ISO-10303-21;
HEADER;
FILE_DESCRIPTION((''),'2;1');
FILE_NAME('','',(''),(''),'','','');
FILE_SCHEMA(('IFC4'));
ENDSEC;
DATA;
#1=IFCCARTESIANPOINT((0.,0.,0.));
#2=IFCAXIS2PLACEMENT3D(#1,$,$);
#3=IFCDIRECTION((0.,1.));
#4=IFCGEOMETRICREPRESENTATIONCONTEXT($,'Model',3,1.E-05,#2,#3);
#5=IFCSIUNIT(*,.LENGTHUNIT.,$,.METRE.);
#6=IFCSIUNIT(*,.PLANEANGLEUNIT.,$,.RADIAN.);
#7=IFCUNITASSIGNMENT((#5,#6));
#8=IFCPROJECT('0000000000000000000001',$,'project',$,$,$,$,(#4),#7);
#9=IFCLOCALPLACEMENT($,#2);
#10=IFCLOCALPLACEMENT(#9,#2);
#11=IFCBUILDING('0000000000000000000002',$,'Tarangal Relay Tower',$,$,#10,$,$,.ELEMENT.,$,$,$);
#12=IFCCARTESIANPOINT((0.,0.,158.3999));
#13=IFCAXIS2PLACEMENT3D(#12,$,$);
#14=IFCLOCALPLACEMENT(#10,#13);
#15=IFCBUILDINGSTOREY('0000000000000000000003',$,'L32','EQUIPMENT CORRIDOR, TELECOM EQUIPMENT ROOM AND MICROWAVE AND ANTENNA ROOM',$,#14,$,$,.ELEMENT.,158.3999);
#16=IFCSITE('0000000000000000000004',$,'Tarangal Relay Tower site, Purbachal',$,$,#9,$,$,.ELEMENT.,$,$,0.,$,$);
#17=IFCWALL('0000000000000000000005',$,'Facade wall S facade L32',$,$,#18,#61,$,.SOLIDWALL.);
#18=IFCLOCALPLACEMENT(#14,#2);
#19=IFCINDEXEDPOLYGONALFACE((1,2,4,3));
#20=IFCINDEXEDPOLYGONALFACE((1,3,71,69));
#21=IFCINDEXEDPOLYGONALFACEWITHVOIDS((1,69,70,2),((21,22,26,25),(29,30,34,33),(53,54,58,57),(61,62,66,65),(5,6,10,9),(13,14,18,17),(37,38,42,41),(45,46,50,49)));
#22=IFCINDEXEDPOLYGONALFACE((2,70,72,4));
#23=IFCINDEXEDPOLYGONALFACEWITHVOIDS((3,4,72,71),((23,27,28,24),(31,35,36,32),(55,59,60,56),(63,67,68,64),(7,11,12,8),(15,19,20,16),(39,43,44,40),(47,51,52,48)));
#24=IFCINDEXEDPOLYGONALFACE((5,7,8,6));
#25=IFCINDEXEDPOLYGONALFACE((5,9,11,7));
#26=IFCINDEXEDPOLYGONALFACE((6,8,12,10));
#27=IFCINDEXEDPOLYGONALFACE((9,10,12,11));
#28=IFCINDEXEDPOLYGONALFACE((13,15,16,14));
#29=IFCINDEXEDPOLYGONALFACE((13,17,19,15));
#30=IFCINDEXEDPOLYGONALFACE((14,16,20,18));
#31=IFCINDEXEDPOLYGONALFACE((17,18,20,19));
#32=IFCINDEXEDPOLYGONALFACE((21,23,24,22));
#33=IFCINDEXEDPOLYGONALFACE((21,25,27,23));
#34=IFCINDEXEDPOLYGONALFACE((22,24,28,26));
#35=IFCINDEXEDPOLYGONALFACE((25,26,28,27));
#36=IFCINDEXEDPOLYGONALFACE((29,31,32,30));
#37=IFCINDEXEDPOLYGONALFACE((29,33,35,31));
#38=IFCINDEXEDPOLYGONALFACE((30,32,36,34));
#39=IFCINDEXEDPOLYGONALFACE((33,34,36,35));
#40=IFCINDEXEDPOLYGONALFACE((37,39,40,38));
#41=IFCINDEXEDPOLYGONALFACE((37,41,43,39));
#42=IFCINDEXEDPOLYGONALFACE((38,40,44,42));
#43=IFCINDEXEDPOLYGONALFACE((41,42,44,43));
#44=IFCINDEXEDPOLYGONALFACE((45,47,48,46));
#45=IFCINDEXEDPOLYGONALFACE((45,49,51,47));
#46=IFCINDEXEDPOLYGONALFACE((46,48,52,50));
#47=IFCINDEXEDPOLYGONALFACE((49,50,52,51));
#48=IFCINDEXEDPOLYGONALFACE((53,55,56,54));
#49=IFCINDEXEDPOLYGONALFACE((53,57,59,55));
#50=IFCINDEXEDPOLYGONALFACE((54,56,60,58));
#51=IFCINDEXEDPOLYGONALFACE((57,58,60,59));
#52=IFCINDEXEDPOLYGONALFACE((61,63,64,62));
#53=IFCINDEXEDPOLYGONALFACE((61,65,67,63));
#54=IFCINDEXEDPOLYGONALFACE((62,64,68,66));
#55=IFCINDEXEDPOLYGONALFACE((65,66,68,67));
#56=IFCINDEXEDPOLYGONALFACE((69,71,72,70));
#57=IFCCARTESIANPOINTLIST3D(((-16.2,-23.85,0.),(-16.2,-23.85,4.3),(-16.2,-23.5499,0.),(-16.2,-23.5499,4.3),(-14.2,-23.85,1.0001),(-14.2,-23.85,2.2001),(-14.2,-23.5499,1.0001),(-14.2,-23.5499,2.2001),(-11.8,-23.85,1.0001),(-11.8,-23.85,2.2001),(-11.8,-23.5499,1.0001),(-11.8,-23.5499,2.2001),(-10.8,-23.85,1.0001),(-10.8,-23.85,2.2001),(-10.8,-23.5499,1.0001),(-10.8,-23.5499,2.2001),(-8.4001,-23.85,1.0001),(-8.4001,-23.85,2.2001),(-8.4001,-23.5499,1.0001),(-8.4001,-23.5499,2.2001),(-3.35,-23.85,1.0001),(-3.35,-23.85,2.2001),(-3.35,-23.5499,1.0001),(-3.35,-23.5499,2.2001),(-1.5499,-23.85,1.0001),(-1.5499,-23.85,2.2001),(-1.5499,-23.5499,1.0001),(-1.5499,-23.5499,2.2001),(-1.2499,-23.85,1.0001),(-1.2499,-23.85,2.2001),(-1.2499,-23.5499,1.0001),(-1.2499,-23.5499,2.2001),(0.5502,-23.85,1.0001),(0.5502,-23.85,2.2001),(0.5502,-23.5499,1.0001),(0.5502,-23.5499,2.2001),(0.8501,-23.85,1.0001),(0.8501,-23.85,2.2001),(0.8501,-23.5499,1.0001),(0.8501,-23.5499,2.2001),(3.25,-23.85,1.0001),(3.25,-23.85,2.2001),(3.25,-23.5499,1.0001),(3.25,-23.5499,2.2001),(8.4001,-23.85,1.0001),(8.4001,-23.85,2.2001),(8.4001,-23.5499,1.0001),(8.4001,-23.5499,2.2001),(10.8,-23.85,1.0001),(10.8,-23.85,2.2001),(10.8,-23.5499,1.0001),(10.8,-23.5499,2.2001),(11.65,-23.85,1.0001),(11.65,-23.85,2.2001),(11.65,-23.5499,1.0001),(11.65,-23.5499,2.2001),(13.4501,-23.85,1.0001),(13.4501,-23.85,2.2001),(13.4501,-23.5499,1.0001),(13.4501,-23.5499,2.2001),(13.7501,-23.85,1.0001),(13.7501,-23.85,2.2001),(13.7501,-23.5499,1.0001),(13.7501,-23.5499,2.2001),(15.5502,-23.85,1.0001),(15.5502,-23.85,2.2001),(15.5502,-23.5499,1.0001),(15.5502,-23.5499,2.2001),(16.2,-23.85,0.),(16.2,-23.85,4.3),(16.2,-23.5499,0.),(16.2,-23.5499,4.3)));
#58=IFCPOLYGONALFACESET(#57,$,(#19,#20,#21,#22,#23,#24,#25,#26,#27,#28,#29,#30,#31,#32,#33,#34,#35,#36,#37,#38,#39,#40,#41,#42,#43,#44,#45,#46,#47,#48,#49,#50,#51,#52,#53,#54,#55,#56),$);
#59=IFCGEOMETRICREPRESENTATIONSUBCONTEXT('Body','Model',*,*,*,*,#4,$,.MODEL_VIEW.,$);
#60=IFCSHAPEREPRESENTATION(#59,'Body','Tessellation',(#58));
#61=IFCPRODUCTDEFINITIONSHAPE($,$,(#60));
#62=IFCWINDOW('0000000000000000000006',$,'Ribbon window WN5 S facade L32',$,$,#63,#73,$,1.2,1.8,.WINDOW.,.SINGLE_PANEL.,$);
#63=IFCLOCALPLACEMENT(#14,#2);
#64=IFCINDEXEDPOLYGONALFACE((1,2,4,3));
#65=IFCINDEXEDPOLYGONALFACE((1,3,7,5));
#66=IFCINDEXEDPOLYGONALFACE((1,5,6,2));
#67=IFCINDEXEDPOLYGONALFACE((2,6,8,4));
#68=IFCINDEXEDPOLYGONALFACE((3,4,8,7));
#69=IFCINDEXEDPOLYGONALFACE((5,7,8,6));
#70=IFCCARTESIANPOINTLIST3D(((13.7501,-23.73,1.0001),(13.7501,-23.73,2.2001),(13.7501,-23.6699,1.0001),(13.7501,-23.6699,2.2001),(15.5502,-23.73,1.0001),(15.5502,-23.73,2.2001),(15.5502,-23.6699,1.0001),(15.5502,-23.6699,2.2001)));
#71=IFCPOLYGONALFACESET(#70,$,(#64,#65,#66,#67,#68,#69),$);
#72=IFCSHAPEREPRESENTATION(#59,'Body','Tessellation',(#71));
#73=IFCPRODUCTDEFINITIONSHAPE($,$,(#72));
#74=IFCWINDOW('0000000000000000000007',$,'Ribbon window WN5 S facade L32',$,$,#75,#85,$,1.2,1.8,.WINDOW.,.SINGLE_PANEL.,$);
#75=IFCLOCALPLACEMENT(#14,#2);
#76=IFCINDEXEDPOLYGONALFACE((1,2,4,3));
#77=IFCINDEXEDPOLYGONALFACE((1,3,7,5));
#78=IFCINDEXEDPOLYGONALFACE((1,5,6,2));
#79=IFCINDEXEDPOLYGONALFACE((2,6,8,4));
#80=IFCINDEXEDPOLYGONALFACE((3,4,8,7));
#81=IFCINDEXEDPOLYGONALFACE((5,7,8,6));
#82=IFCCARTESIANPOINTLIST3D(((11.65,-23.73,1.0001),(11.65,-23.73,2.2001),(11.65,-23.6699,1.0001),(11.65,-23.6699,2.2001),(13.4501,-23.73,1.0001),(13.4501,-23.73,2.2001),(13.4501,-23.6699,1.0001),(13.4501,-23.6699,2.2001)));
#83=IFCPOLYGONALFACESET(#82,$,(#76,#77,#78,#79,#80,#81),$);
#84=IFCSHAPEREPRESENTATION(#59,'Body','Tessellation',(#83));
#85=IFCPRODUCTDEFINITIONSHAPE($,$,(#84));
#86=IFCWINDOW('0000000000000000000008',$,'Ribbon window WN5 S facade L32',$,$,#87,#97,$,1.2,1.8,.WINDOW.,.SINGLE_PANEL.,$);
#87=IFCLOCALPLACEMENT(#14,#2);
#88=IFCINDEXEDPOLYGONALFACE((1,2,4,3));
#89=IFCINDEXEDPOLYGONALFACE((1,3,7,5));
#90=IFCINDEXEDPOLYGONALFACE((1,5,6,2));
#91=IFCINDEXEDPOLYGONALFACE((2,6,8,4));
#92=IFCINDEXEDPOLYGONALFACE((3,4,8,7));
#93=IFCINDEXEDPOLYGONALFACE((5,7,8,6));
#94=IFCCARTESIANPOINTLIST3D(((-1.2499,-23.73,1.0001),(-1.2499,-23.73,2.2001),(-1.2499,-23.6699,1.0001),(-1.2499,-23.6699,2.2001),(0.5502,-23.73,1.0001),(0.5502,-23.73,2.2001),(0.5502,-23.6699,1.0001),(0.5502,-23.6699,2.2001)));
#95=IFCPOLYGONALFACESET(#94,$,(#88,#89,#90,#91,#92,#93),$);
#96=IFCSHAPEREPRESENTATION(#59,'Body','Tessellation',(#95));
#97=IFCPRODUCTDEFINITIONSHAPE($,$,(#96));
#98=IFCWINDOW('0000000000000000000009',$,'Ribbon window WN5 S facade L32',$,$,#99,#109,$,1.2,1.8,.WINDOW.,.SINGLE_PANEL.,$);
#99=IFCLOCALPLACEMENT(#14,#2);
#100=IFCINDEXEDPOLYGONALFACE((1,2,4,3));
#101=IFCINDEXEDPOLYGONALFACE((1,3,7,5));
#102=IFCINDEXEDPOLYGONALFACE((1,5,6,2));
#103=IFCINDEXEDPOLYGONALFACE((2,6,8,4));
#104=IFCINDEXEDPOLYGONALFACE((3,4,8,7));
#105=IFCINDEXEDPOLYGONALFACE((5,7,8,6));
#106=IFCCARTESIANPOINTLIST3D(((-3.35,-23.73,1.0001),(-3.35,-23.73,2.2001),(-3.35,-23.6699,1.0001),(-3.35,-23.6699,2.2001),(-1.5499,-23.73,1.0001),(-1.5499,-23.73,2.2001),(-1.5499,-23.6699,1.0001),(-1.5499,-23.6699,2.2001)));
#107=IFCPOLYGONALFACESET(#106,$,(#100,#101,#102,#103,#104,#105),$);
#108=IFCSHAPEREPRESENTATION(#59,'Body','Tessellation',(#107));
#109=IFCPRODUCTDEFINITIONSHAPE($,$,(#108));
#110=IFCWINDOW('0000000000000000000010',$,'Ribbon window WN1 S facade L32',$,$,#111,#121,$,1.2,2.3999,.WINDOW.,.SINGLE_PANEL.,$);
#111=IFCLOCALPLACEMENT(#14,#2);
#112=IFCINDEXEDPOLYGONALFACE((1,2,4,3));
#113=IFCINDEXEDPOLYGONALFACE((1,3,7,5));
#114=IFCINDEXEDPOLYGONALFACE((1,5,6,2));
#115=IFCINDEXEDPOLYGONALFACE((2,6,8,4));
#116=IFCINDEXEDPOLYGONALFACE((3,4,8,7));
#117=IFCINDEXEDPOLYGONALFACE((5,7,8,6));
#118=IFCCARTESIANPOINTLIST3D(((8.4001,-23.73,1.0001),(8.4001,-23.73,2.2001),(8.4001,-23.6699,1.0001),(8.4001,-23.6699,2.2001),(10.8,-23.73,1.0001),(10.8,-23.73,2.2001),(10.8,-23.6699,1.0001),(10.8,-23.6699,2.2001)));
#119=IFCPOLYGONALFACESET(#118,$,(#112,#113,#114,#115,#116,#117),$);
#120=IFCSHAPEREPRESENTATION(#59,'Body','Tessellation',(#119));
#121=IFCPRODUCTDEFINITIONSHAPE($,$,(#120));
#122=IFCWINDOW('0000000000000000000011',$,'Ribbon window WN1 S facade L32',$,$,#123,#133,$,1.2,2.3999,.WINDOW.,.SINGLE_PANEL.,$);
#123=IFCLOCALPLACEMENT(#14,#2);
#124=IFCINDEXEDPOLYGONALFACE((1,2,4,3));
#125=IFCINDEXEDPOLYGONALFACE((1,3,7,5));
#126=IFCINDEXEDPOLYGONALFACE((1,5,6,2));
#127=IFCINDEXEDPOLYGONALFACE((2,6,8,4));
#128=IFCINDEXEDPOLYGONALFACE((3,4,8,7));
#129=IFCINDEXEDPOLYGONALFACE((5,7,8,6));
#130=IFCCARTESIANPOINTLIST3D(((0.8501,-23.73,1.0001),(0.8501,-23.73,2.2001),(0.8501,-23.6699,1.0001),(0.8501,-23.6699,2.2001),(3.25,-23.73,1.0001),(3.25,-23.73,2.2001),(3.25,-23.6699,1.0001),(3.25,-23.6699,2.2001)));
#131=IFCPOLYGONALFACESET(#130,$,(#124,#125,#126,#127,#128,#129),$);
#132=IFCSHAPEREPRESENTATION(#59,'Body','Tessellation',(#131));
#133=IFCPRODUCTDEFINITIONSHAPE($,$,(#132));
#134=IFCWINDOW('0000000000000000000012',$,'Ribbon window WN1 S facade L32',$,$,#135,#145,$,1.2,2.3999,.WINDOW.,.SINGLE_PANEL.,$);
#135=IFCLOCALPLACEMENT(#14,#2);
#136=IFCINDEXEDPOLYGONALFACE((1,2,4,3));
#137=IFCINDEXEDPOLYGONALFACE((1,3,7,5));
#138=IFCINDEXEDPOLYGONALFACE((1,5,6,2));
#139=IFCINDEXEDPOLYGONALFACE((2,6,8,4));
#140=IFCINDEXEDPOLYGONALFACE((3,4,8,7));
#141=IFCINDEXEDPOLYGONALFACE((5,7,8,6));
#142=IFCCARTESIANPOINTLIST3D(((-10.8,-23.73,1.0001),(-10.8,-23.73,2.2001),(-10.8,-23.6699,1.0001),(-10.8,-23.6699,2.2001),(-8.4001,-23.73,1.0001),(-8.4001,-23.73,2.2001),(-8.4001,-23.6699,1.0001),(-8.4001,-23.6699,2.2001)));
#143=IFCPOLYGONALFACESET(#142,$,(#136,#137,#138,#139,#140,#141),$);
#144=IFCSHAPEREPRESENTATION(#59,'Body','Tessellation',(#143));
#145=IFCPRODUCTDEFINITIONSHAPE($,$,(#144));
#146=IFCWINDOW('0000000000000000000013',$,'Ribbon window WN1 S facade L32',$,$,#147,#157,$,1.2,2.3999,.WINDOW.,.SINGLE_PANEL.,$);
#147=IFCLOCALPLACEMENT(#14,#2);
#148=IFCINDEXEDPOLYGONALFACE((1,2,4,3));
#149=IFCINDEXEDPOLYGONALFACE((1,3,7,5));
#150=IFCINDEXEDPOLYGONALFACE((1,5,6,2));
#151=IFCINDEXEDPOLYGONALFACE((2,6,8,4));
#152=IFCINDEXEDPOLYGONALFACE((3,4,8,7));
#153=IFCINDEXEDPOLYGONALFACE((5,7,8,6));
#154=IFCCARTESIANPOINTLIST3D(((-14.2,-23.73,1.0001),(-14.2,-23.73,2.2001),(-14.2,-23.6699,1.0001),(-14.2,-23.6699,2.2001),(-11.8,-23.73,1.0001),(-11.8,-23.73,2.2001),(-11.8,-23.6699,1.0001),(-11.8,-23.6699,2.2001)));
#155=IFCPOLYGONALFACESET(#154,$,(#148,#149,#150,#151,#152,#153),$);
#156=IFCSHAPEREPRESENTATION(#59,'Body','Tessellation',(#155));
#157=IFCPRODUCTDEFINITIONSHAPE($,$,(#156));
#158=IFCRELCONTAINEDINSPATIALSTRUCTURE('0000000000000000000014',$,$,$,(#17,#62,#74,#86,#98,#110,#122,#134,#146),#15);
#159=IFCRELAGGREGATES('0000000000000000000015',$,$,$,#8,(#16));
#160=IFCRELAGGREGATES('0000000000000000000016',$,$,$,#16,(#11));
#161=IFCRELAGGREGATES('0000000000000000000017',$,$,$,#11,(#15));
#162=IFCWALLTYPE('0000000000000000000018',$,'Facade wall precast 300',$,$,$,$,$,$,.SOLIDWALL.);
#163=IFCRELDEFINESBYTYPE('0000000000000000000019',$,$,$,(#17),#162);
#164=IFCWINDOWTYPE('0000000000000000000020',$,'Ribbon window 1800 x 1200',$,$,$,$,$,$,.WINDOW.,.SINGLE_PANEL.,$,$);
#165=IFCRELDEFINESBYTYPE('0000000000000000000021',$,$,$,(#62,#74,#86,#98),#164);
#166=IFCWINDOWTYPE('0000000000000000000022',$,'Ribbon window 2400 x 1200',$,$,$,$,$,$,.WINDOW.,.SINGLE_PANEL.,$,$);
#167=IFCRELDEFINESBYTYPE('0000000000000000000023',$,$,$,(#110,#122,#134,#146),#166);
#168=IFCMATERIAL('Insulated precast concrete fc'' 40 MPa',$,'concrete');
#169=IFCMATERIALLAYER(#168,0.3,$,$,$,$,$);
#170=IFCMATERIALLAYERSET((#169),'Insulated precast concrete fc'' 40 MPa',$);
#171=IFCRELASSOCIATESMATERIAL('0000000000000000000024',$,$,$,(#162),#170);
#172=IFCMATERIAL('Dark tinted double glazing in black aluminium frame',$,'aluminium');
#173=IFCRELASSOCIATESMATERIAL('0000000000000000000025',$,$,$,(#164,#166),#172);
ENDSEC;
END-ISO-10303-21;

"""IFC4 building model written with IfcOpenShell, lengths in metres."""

from ifc_helpers import new_model, si_unit, direction, frame, frame_2d, origin, place, context, subcontext, project, spatial, rectangle, extrude, material, layer, layer_set, type_object, element, fill, save


model = new_model("IFC4")

# Units and contexts
model_context = context("Model", 3, precision=1e-05, world=origin(), true_north=direction((0.0, 1.0)))
body_context = subcontext(model_context, "Body", "Model", "MODEL_VIEW")
ifc_project = project(units=[si_unit("LENGTHUNIT", "METRE"), si_unit("PLANEANGLEUNIT", "RADIAN")], contexts=[model_context])

# Site, building, storey
site_placement = place(None, origin())
site = spatial("IfcSite", under=ifc_project, at=site_placement, Name="Tarangal Relay Tower site, Purbachal", CompositionType="ELEMENT", RefElevation=0.0)
building_placement = place(site_placement, origin())
building = spatial("IfcBuilding", under=site, at=building_placement, Name="Tarangal Relay Tower", CompositionType="ELEMENT")
storey_placement = place(building_placement, frame((0.0, 0.0, 158.3999)))
storey = spatial("IfcBuildingStorey", under=building, at=storey_placement, Name="L32", Description="EQUIPMENT CORRIDOR, TELECOM EQUIPMENT ROOM AND MICROWAVE AND ANTENNA ROOM", CompositionType="ELEMENT", Elevation=158.3999)

# Shared definitions
ifc_material_1 = material(Name="Insulated precast concrete fc' 40 MPa", Category="concrete")
ifc_layer_1 = layer(ifc_material_1, 0.3)
ifc_layer_set_1 = layer_set([ifc_layer_1], Name="Insulated precast concrete fc' 40 MPa")
wall_type_1 = type_object("IfcWallType", Name="Facade wall precast 300", PredefinedType="SOLIDWALL", material=ifc_layer_set_1)

# Wall, openings, windows
wall_1_placement = place(storey_placement, frame((16.2, -23.7, 0.0), z_axis=(0.0, 0.0, 1.0), x_axis=(-1.0, 0.0, 0.0)))
wall_1 = element("IfcWall", 1, at=wall_1_placement, inside=storey, type_object=wall_type_1, Name="Facade wall S facade L32", PredefinedType="SOLIDWALL", context=body_context, shape_type="SweptSolid", body=[
    extrude(rectangle(XDim=32.3999, YDim=0.3, at=frame_2d((16.2, 0.0))), origin(), (0.0, 0.0, 1.0), 4.3),
])
opening_1_placement = place(wall_1_placement, frame((0.6499, 0.0, 1.0)))
opening_1 = element("IfcOpeningElement", 2, at=opening_1_placement, cuts=wall_1, PredefinedType="OPENING", context=body_context, shape_type="SweptSolid", body=[
    extrude(rectangle(XDim=1.8, YDim=1.2, at=frame_2d((0.8999, 0.6001))), frame((0.0, 0.1599, 0.0), z_axis=(0.0, -1.0, 0.0), x_axis=(1.0, 0.0, 0.0)), (0.0, 0.0, 1.0), 0.3201),
])
opening_2_placement = place(wall_1_placement, frame((2.75, 0.0, 1.0)))
opening_2 = element("IfcOpeningElement", 3, at=opening_2_placement, cuts=wall_1, PredefinedType="OPENING", context=body_context, shape_type="SweptSolid", body=[
    extrude(rectangle(XDim=1.8, YDim=1.2, at=frame_2d((0.8999, 0.6001))), frame((0.0, 0.1599, 0.0), z_axis=(0.0, -1.0, 0.0), x_axis=(1.0, 0.0, 0.0)), (0.0, 0.0, 1.0), 0.3201),
])
opening_3_placement = place(wall_1_placement, frame((5.3999, 0.0, 1.0)))
opening_3 = element("IfcOpeningElement", 4, at=opening_3_placement, cuts=wall_1, PredefinedType="OPENING", context=body_context, shape_type="SweptSolid", body=[
    extrude(rectangle(XDim=2.3999, YDim=1.2, at=frame_2d((1.2, 0.6001))), frame((0.0, 0.1599, 0.0), z_axis=(0.0, -1.0, 0.0), x_axis=(1.0, 0.0, 0.0)), (0.0, 0.0, 1.0), 0.3201),
])
opening_4_placement = place(wall_1_placement, frame((12.95, 0.0, 1.0)))
opening_4 = element("IfcOpeningElement", 5, at=opening_4_placement, cuts=wall_1, PredefinedType="OPENING", context=body_context, shape_type="SweptSolid", body=[
    extrude(rectangle(XDim=2.3999, YDim=1.2, at=frame_2d((1.2, 0.6001))), frame((0.0, 0.1599, 0.0), z_axis=(0.0, -1.0, 0.0), x_axis=(1.0, 0.0, 0.0)), (0.0, 0.0, 1.0), 0.3201),
])
opening_5_placement = place(wall_1_placement, frame((15.6499, 0.0, 1.0)))
opening_5 = element("IfcOpeningElement", 6, at=opening_5_placement, cuts=wall_1, PredefinedType="OPENING", context=body_context, shape_type="SweptSolid", body=[
    extrude(rectangle(XDim=1.8, YDim=1.2, at=frame_2d((0.8999, 0.6001))), frame((0.0, 0.1599, 0.0), z_axis=(0.0, -1.0, 0.0), x_axis=(1.0, 0.0, 0.0)), (0.0, 0.0, 1.0), 0.3201),
])
opening_6_placement = place(wall_1_placement, frame((17.75, 0.0, 1.0)))
opening_6 = element("IfcOpeningElement", 7, at=opening_6_placement, cuts=wall_1, PredefinedType="OPENING", context=body_context, shape_type="SweptSolid", body=[
    extrude(rectangle(XDim=1.8, YDim=1.2, at=frame_2d((0.8999, 0.6001))), frame((0.0, 0.1599, 0.0), z_axis=(0.0, -1.0, 0.0), x_axis=(1.0, 0.0, 0.0)), (0.0, 0.0, 1.0), 0.3201),
])
opening_7_placement = place(wall_1_placement, frame((24.6001, 0.0, 1.0)))
opening_7 = element("IfcOpeningElement", 8, at=opening_7_placement, cuts=wall_1, PredefinedType="OPENING", context=body_context, shape_type="SweptSolid", body=[
    extrude(rectangle(XDim=2.3999, YDim=1.2, at=frame_2d((1.2, 0.6001))), frame((0.0, 0.1599, 0.0), z_axis=(0.0, -1.0, 0.0), x_axis=(1.0, 0.0, 0.0)), (0.0, 0.0, 1.0), 0.3201),
])
opening_8_placement = place(wall_1_placement, frame((28.0, 0.0, 1.0)))
opening_8 = element("IfcOpeningElement", 9, at=opening_8_placement, cuts=wall_1, PredefinedType="OPENING", context=body_context, shape_type="SweptSolid", body=[
    extrude(rectangle(XDim=2.3999, YDim=1.2, at=frame_2d((1.2, 0.6001))), frame((0.0, 0.1599, 0.0), z_axis=(0.0, -1.0, 0.0), x_axis=(1.0, 0.0, 0.0)), (0.0, 0.0, 1.0), 0.3201),
])
ifc_material_2 = material(Name="Dark tinted double glazing in black aluminium frame", Category="aluminium")
window_type_1 = type_object("IfcWindowType", Name="Ribbon window 1800 x 1200", PartitioningType="SINGLE_PANEL", PredefinedType="WINDOW", material=ifc_material_2)
window_1_placement = place(opening_1_placement, origin())
window_1 = element("IfcWindow", 10, at=window_1_placement, inside=storey, type_object=window_type_1, Name="Ribbon window WN5 S facade L32", OverallHeight=1.2, OverallWidth=1.8, PartitioningType="SINGLE_PANEL", PredefinedType="WINDOW", context=body_context, shape_type="SweptSolid", body=[
    extrude(rectangle(XDim=1.8, YDim=1.2, at=frame_2d((0.8999, 0.6001))), frame((0.0, 0.03, 0.0), z_axis=(0.0, -1.0, 0.0), x_axis=(1.0, 0.0, 0.0)), (0.0, 0.0, 1.0), 0.0601),
])
fill(opening_1, window_1)
window_2_placement = place(opening_2_placement, origin())
window_2 = element("IfcWindow", 11, at=window_2_placement, inside=storey, type_object=window_type_1, Name="Ribbon window WN5 S facade L32", OverallHeight=1.2, OverallWidth=1.8, PartitioningType="SINGLE_PANEL", PredefinedType="WINDOW", context=body_context, shape_type="SweptSolid", body=[
    extrude(rectangle(XDim=1.8, YDim=1.2, at=frame_2d((0.8999, 0.6001))), frame((0.0, 0.03, 0.0), z_axis=(0.0, -1.0, 0.0), x_axis=(1.0, 0.0, 0.0)), (0.0, 0.0, 1.0), 0.0601),
])
fill(opening_2, window_2)
window_3_placement = place(opening_5_placement, origin())
window_3 = element("IfcWindow", 12, at=window_3_placement, inside=storey, type_object=window_type_1, Name="Ribbon window WN5 S facade L32", OverallHeight=1.2, OverallWidth=1.8, PartitioningType="SINGLE_PANEL", PredefinedType="WINDOW", context=body_context, shape_type="SweptSolid", body=[
    extrude(rectangle(XDim=1.8, YDim=1.2, at=frame_2d((0.8999, 0.6001))), frame((0.0, 0.03, 0.0), z_axis=(0.0, -1.0, 0.0), x_axis=(1.0, 0.0, 0.0)), (0.0, 0.0, 1.0), 0.0601),
])
fill(opening_5, window_3)
window_4_placement = place(opening_6_placement, origin())
window_4 = element("IfcWindow", 13, at=window_4_placement, inside=storey, type_object=window_type_1, Name="Ribbon window WN5 S facade L32", OverallHeight=1.2, OverallWidth=1.8, PartitioningType="SINGLE_PANEL", PredefinedType="WINDOW", context=body_context, shape_type="SweptSolid", body=[
    extrude(rectangle(XDim=1.8, YDim=1.2, at=frame_2d((0.8999, 0.6001))), frame((0.0, 0.03, 0.0), z_axis=(0.0, -1.0, 0.0), x_axis=(1.0, 0.0, 0.0)), (0.0, 0.0, 1.0), 0.0601),
])
fill(opening_6, window_4)
window_type_2 = type_object("IfcWindowType", Name="Ribbon window 2400 x 1200", PartitioningType="SINGLE_PANEL", PredefinedType="WINDOW", material=ifc_material_2)
window_5_placement = place(opening_3_placement, origin())
window_5 = element("IfcWindow", 14, at=window_5_placement, inside=storey, type_object=window_type_2, Name="Ribbon window WN1 S facade L32", OverallHeight=1.2, OverallWidth=2.3999, PartitioningType="SINGLE_PANEL", PredefinedType="WINDOW", context=body_context, shape_type="SweptSolid", body=[
    extrude(rectangle(XDim=2.3999, YDim=1.2, at=frame_2d((1.2, 0.6001))), frame((0.0, 0.03, 0.0), z_axis=(0.0, -1.0, 0.0), x_axis=(1.0, 0.0, 0.0)), (0.0, 0.0, 1.0), 0.0601),
])
fill(opening_3, window_5)
window_6_placement = place(opening_4_placement, origin())
window_6 = element("IfcWindow", 15, at=window_6_placement, inside=storey, type_object=window_type_2, Name="Ribbon window WN1 S facade L32", OverallHeight=1.2, OverallWidth=2.3999, PartitioningType="SINGLE_PANEL", PredefinedType="WINDOW", context=body_context, shape_type="SweptSolid", body=[
    extrude(rectangle(XDim=2.3999, YDim=1.2, at=frame_2d((1.2, 0.6001))), frame((0.0, 0.03, 0.0), z_axis=(0.0, -1.0, 0.0), x_axis=(1.0, 0.0, 0.0)), (0.0, 0.0, 1.0), 0.0601),
])
fill(opening_4, window_6)
window_7_placement = place(opening_7_placement, origin())
window_7 = element("IfcWindow", 16, at=window_7_placement, inside=storey, type_object=window_type_2, Name="Ribbon window WN1 S facade L32", OverallHeight=1.2, OverallWidth=2.3999, PartitioningType="SINGLE_PANEL", PredefinedType="WINDOW", context=body_context, shape_type="SweptSolid", body=[
    extrude(rectangle(XDim=2.3999, YDim=1.2, at=frame_2d((1.2, 0.6001))), frame((0.0, 0.03, 0.0), z_axis=(0.0, -1.0, 0.0), x_axis=(1.0, 0.0, 0.0)), (0.0, 0.0, 1.0), 0.0601),
])
fill(opening_7, window_7)
window_8_placement = place(opening_8_placement, origin())
window_8 = element("IfcWindow", 17, at=window_8_placement, inside=storey, type_object=window_type_2, Name="Ribbon window WN1 S facade L32", OverallHeight=1.2, OverallWidth=2.3999, PartitioningType="SINGLE_PANEL", PredefinedType="WINDOW", context=body_context, shape_type="SweptSolid", body=[
    extrude(rectangle(XDim=2.3999, YDim=1.2, at=frame_2d((1.2, 0.6001))), frame((0.0, 0.03, 0.0), z_axis=(0.0, -1.0, 0.0), x_axis=(1.0, 0.0, 0.0)), (0.0, 0.0, 1.0), 0.0601),
])
fill(opening_8, window_8)

save(model, "model.ifc")
